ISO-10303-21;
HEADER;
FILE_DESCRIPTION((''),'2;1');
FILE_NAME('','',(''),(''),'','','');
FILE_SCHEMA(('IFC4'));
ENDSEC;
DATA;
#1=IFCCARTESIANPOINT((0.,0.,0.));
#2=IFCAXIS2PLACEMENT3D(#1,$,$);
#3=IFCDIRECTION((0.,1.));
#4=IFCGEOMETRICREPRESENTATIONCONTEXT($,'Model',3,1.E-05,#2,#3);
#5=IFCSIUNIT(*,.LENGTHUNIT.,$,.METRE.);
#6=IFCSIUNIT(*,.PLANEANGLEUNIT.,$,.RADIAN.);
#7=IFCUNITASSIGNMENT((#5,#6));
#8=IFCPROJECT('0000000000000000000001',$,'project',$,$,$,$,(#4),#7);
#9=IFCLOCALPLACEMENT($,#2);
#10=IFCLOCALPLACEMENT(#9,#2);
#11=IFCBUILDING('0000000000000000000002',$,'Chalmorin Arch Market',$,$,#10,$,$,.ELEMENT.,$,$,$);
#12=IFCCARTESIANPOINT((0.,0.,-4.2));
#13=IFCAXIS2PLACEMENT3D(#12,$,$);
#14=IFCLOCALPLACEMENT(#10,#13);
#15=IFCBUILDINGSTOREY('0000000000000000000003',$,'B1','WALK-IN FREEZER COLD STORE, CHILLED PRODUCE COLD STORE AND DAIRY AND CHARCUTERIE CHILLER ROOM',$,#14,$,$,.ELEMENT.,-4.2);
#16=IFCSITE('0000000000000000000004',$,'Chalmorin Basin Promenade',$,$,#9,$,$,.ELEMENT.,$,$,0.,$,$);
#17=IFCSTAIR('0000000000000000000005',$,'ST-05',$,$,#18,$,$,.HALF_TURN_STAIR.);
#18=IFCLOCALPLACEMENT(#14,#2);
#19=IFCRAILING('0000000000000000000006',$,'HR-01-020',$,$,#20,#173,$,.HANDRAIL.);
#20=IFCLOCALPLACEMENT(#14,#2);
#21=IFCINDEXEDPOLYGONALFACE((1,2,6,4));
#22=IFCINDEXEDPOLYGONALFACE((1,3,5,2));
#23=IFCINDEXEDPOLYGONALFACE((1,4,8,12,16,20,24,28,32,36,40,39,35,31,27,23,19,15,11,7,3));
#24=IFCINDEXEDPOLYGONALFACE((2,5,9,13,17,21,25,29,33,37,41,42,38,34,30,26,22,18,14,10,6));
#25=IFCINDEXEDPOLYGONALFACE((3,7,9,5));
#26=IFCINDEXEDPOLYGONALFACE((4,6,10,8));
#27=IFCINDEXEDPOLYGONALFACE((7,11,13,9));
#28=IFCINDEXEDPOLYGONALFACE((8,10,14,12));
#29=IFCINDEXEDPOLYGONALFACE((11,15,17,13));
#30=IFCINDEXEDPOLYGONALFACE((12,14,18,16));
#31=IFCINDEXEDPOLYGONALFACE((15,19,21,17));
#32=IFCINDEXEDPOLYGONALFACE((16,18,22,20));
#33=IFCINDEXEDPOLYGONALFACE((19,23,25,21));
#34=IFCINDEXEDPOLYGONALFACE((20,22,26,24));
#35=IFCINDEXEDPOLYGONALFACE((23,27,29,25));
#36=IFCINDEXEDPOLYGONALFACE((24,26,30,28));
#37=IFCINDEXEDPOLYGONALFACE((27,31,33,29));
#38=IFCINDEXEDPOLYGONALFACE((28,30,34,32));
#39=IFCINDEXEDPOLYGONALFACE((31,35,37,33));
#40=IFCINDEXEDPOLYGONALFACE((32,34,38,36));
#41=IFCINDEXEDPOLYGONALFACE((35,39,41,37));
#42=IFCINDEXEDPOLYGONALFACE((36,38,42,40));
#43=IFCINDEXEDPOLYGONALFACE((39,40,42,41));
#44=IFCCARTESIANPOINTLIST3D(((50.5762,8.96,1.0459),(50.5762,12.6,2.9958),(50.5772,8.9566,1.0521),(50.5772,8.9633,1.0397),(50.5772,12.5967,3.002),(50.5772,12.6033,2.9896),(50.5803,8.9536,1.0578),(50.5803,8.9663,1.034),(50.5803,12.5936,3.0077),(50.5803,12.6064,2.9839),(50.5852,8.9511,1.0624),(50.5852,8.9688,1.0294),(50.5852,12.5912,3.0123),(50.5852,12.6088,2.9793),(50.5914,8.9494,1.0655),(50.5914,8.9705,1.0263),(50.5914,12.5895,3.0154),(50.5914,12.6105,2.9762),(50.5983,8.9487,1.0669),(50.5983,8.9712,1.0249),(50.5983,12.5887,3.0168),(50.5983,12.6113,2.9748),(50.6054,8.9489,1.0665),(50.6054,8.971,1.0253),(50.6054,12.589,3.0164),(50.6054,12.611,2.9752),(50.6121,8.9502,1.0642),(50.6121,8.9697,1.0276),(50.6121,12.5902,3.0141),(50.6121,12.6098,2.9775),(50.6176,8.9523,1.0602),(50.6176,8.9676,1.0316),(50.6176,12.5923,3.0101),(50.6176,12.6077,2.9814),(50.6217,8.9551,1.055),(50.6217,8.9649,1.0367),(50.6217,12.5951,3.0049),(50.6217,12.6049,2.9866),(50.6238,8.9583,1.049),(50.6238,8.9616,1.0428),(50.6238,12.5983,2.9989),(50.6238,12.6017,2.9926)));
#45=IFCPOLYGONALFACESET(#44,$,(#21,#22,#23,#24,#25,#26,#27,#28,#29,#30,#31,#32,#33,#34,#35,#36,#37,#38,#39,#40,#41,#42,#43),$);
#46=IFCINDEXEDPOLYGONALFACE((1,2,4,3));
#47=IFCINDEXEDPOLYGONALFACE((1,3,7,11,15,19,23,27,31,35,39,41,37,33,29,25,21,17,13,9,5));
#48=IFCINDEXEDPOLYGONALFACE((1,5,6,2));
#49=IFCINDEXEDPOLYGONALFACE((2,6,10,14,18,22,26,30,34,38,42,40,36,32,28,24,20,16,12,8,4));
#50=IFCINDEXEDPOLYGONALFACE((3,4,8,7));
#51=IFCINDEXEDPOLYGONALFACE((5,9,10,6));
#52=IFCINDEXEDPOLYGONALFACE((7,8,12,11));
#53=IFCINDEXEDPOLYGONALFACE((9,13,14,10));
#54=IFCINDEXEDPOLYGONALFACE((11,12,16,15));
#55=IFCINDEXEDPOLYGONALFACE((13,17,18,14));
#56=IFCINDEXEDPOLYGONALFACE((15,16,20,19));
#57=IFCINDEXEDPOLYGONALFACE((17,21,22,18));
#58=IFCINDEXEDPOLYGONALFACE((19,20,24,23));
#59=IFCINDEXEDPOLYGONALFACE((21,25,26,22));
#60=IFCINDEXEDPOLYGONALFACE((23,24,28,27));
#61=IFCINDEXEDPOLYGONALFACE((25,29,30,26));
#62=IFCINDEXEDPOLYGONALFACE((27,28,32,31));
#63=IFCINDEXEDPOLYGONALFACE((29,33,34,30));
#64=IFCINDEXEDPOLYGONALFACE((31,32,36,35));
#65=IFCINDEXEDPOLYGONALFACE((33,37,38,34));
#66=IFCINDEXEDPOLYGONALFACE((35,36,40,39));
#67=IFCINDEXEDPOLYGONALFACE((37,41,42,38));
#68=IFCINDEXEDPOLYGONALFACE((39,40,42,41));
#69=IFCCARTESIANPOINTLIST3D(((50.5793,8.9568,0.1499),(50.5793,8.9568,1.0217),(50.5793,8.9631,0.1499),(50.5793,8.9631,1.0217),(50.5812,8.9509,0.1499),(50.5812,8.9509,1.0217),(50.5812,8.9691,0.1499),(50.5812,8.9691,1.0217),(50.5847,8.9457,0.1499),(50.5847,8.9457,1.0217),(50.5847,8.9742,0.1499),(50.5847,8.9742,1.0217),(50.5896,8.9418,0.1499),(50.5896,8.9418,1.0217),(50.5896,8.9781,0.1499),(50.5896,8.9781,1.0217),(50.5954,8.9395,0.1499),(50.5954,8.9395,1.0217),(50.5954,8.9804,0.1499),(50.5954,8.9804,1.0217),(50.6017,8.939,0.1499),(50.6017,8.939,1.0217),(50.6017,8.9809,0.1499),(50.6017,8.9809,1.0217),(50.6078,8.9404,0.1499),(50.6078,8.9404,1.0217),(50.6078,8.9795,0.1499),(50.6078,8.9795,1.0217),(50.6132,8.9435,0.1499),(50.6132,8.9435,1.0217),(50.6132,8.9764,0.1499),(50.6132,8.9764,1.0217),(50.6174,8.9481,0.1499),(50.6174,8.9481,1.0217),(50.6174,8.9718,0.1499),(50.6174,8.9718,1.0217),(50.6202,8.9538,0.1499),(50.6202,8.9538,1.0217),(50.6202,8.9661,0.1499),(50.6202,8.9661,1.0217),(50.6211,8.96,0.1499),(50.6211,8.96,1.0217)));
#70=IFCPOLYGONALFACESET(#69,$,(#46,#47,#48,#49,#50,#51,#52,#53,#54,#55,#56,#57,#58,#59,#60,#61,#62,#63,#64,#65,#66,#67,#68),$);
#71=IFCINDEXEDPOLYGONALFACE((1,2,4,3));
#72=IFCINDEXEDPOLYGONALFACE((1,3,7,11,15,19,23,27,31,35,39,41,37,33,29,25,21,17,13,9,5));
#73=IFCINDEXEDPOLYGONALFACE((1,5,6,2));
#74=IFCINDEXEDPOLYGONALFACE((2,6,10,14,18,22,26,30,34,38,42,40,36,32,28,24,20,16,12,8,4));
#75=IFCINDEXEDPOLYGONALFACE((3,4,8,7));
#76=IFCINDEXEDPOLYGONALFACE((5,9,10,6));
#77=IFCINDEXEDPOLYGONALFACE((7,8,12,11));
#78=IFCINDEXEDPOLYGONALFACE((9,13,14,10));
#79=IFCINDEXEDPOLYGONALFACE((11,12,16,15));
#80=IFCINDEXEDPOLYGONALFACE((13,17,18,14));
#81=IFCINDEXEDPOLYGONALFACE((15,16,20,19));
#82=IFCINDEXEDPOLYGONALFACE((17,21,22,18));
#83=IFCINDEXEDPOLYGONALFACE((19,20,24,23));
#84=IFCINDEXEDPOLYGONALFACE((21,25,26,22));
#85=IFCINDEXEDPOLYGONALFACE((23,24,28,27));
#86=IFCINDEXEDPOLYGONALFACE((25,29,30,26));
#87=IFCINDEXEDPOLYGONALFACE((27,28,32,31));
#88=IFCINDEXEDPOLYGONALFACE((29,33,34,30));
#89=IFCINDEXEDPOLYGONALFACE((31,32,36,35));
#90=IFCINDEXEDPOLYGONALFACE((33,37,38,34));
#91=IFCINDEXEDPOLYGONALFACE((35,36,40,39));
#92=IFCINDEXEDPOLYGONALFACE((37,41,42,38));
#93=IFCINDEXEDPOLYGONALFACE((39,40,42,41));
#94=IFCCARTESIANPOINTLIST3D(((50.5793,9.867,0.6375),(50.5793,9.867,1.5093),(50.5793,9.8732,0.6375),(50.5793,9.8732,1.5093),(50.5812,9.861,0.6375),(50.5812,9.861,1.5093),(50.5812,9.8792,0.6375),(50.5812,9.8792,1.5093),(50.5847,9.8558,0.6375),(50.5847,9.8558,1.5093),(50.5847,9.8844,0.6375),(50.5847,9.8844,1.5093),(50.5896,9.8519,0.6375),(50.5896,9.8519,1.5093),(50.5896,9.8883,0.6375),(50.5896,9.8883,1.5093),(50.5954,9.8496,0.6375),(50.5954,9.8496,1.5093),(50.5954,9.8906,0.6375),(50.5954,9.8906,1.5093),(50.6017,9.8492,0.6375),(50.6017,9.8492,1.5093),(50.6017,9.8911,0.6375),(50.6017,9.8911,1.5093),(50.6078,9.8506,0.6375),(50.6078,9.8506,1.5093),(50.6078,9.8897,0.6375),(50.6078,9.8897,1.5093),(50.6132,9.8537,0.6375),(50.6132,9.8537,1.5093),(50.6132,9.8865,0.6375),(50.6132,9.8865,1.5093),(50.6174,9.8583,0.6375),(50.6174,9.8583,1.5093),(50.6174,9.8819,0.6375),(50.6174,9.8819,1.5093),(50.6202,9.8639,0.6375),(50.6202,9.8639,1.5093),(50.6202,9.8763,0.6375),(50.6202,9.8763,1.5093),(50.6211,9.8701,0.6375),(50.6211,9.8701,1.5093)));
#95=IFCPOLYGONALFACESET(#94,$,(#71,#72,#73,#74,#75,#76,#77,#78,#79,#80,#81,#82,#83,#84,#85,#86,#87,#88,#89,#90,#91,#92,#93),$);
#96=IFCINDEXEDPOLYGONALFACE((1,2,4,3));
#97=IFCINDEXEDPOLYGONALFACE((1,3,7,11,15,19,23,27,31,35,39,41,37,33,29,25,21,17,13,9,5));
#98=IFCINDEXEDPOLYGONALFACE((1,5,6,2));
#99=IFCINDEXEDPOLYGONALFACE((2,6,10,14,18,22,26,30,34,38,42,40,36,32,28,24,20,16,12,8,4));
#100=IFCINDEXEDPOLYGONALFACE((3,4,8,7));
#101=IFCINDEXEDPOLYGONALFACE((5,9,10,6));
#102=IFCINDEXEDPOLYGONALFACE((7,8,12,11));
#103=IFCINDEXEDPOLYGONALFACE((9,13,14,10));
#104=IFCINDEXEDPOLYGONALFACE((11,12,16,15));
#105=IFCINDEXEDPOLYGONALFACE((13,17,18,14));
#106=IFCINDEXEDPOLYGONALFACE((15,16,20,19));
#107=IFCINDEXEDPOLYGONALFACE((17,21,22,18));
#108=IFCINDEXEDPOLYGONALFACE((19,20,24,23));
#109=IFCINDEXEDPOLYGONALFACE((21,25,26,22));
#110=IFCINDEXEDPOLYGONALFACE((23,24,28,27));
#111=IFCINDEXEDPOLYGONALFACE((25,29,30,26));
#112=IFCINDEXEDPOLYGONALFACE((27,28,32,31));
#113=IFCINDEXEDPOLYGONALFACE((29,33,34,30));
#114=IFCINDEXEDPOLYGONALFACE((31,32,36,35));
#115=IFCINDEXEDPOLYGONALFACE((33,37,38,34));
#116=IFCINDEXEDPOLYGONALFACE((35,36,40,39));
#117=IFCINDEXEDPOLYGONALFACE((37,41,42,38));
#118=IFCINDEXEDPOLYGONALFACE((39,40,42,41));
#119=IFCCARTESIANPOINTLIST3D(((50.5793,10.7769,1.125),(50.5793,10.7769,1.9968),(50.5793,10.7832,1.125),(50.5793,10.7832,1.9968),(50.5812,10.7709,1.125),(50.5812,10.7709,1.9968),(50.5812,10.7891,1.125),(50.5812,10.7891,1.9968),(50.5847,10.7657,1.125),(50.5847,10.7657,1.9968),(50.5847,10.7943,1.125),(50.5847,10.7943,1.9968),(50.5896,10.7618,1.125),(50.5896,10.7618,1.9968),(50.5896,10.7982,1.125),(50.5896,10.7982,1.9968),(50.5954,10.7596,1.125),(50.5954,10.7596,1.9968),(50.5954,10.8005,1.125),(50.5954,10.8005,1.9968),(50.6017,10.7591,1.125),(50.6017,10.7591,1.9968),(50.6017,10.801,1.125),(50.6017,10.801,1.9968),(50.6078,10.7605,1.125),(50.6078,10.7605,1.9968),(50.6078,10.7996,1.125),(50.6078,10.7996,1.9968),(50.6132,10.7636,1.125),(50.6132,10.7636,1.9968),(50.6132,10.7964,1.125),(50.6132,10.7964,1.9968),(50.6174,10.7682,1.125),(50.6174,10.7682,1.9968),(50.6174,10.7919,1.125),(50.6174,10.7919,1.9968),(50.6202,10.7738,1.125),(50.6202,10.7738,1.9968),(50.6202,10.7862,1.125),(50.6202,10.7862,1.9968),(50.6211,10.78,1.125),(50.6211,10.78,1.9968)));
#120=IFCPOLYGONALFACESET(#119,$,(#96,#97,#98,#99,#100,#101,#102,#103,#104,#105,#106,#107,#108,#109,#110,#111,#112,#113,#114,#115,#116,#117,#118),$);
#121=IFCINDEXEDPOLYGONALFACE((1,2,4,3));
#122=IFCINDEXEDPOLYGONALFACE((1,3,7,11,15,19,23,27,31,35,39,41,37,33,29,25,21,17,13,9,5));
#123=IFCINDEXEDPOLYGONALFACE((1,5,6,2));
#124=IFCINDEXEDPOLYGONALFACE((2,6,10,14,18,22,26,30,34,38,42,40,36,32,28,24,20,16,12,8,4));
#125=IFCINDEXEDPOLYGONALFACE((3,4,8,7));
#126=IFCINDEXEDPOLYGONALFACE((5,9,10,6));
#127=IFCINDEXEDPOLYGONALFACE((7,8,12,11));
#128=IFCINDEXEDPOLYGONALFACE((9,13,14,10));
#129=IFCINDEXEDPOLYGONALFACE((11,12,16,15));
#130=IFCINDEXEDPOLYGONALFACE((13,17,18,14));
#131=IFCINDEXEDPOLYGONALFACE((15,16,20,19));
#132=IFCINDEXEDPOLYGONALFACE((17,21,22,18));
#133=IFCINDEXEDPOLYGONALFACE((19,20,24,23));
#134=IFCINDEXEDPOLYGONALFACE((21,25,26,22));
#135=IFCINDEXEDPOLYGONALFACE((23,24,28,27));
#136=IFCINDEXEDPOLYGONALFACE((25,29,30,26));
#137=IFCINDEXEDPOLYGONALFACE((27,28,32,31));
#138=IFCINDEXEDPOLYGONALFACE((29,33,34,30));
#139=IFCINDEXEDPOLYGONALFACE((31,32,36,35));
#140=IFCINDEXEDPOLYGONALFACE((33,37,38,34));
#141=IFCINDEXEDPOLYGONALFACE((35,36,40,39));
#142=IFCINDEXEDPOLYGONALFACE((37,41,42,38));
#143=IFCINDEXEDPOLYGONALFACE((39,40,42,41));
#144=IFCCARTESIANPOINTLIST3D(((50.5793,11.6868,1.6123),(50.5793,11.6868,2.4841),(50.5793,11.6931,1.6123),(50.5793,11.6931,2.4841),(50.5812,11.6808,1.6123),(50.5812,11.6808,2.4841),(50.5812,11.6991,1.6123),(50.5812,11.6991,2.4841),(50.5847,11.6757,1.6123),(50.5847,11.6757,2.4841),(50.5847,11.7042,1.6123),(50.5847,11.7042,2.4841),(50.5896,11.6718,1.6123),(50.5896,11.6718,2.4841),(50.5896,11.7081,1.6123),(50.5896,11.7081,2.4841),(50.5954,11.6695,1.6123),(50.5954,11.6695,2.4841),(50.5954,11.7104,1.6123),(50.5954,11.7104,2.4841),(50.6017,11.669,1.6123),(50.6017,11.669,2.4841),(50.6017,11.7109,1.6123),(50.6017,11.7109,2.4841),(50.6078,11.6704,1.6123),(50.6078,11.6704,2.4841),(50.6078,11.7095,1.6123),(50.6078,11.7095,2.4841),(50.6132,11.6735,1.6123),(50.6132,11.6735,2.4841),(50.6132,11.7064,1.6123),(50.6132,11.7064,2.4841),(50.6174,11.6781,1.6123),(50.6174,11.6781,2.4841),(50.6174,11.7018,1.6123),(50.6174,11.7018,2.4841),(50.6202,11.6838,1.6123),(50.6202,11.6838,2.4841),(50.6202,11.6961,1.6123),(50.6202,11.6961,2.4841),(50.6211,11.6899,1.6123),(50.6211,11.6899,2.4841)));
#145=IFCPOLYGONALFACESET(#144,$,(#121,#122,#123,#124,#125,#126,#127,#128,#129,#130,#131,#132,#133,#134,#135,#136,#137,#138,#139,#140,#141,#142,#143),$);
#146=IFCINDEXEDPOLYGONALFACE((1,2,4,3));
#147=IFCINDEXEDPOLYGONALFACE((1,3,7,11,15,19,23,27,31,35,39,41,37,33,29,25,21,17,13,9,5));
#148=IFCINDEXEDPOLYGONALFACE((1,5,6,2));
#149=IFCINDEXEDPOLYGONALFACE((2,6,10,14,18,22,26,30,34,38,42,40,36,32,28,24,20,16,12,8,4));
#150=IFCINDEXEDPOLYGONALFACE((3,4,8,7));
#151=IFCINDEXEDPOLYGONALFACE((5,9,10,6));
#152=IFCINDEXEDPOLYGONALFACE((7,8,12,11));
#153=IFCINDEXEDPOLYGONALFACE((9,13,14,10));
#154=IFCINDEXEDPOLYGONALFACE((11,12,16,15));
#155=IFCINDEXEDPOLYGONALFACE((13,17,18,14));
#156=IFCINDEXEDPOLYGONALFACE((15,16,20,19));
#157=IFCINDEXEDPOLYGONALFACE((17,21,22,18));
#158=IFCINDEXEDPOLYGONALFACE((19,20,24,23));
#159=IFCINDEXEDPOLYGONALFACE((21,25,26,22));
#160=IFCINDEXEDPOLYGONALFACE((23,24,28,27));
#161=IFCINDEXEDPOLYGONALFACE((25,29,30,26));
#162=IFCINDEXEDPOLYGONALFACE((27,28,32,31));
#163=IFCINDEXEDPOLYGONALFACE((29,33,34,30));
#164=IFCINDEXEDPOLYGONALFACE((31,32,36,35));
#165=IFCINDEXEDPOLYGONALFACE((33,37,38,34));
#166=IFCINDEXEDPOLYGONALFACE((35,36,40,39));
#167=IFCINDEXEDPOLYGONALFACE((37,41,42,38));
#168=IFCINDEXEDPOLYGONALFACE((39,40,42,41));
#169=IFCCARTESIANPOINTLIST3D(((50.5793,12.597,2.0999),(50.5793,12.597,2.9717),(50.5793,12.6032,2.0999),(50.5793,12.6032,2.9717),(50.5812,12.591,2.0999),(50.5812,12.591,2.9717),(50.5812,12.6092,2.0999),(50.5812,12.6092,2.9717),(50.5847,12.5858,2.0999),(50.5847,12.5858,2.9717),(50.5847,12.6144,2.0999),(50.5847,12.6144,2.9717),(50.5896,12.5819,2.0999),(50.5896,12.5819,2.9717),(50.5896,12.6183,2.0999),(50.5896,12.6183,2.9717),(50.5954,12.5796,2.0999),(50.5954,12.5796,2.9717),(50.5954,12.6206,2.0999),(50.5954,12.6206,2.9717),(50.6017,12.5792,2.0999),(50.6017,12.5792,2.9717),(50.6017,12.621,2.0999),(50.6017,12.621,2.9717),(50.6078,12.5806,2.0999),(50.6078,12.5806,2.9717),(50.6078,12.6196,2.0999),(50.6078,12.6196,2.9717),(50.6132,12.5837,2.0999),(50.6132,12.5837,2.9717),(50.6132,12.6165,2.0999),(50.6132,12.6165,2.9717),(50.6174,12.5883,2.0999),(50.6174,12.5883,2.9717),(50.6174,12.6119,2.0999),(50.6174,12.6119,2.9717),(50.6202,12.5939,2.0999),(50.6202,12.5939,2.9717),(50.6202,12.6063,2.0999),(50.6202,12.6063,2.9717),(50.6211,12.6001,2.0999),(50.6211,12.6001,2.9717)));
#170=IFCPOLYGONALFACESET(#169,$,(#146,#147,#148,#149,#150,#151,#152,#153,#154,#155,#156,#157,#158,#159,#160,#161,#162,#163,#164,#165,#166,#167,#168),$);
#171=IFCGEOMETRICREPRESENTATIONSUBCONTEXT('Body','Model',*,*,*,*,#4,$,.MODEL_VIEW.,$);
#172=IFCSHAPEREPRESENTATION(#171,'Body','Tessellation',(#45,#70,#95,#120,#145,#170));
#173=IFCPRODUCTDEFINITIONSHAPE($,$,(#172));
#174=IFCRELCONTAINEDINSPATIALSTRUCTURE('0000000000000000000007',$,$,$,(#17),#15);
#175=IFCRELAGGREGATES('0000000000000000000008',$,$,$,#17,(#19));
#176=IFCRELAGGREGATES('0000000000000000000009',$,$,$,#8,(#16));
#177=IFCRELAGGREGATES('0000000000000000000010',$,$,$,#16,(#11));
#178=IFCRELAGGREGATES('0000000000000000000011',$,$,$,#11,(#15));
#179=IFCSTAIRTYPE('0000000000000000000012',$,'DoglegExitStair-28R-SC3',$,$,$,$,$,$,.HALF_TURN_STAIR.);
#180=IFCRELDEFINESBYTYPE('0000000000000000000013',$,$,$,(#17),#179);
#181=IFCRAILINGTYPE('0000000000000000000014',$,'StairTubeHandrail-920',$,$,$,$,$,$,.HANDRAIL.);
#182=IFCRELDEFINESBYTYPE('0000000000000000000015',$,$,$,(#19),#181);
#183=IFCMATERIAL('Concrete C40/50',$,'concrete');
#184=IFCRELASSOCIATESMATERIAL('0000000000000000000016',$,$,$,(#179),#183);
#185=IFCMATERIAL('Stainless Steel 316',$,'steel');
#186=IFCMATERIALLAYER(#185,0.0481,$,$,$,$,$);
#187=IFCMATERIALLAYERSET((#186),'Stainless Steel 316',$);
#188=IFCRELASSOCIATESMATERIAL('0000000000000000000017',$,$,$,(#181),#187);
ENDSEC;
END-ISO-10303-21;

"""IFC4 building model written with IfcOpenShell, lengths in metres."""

from ifc_helpers import new_model, si_unit, direction, frame, origin, origin_2d, place, context, subcontext, project, spatial, circle, extrude, material, layer, layer_set, type_object, element, aggregate, save


model = new_model("IFC4")

# Units and contexts
model_context = context("Model", 3, precision=1e-05, world=origin(), true_north=direction((0.0, 1.0)))
body_context = subcontext(model_context, "Body", "Model", "MODEL_VIEW")
ifc_project = project(units=[si_unit("LENGTHUNIT", "METRE"), si_unit("PLANEANGLEUNIT", "RADIAN")], contexts=[model_context])

# Site, building, storey
site_placement = place(None, origin())
site = spatial("IfcSite", under=ifc_project, at=site_placement, Name="Chalmorin Basin Promenade", CompositionType="ELEMENT", RefElevation=0.0)
building_placement = place(site_placement, origin())
building = spatial("IfcBuilding", under=site, at=building_placement, Name="Chalmorin Arch Market", CompositionType="ELEMENT")
storey_placement = place(building_placement, frame((0.0, 0.0, -4.2)))
storey = spatial("IfcBuildingStorey", under=building, at=storey_placement, Name="B1", Description="WALK-IN FREEZER COLD STORE, CHILLED PRODUCE COLD STORE AND DAIRY AND CHARCUTERIE CHILLER ROOM", CompositionType="ELEMENT", Elevation=-4.2)

# Shared definitions
ifc_material_1 = material(Name="Concrete C40/50", Category="concrete")

# Stair, railing
stair_type = type_object("IfcStairType", Name="DoglegExitStair-28R-SC3", PredefinedType="HALF_TURN_STAIR", material=ifc_material_1)
stair_placement = place(storey_placement, origin())
stair = element("IfcStair", 1, at=stair_placement, inside=storey, type_object=stair_type, Name="ST-05", PredefinedType="HALF_TURN_STAIR")
ifc_material_2 = material(Name="Stainless Steel 316", Category="steel")
ifc_layer_1 = layer(ifc_material_2, 0.0481)
ifc_layer_set_1 = layer_set([ifc_layer_1], Name="Stainless Steel 316")
railing_type_1 = type_object("IfcRailingType", Name="StairTubeHandrail-920", PredefinedType="HANDRAIL", material=ifc_layer_set_1)
railing_1_placement = place(storey_placement, frame((50.6001, 8.96, 0.1499)))
railing_1 = element("IfcRailing", 2, at=railing_1_placement, type_object=railing_type_1, Name="HR-01-020", PredefinedType="HANDRAIL", context=body_context, shape_type="SweptSolid", body=[
    extrude(circle(Radius=0.0239, at=origin_2d()), frame((0.0, 0.0, 0.896), z_axis=(0.0, 0.881492, 0.472198), x_axis=(-1.0, 0.0, 0.0)), (0.0, 0.0, 1.0), 4.1294),
    extrude(circle(Radius=0.021, at=origin_2d()), origin(), (0.0, 0.0, 1.0), 0.8718),
    extrude(circle(Radius=0.021, at=origin_2d()), frame((0.0, 0.9102, 0.4875)), (0.0, 0.0, 1.0), 0.8718),
    extrude(circle(Radius=0.021, at=origin_2d()), frame((0.0, 1.8201, 0.9751)), (0.0, 0.0, 1.0), 0.8718),
    extrude(circle(Radius=0.021, at=origin_2d()), frame((0.0, 2.73, 1.4624)), (0.0, 0.0, 1.0), 0.8718),
    extrude(circle(Radius=0.021, at=origin_2d()), frame((0.0, 3.6401, 1.95)), (0.0, 0.0, 1.0), 0.8718),
])
aggregate(stair, [railing_1])

save(model, "model.ifc")
